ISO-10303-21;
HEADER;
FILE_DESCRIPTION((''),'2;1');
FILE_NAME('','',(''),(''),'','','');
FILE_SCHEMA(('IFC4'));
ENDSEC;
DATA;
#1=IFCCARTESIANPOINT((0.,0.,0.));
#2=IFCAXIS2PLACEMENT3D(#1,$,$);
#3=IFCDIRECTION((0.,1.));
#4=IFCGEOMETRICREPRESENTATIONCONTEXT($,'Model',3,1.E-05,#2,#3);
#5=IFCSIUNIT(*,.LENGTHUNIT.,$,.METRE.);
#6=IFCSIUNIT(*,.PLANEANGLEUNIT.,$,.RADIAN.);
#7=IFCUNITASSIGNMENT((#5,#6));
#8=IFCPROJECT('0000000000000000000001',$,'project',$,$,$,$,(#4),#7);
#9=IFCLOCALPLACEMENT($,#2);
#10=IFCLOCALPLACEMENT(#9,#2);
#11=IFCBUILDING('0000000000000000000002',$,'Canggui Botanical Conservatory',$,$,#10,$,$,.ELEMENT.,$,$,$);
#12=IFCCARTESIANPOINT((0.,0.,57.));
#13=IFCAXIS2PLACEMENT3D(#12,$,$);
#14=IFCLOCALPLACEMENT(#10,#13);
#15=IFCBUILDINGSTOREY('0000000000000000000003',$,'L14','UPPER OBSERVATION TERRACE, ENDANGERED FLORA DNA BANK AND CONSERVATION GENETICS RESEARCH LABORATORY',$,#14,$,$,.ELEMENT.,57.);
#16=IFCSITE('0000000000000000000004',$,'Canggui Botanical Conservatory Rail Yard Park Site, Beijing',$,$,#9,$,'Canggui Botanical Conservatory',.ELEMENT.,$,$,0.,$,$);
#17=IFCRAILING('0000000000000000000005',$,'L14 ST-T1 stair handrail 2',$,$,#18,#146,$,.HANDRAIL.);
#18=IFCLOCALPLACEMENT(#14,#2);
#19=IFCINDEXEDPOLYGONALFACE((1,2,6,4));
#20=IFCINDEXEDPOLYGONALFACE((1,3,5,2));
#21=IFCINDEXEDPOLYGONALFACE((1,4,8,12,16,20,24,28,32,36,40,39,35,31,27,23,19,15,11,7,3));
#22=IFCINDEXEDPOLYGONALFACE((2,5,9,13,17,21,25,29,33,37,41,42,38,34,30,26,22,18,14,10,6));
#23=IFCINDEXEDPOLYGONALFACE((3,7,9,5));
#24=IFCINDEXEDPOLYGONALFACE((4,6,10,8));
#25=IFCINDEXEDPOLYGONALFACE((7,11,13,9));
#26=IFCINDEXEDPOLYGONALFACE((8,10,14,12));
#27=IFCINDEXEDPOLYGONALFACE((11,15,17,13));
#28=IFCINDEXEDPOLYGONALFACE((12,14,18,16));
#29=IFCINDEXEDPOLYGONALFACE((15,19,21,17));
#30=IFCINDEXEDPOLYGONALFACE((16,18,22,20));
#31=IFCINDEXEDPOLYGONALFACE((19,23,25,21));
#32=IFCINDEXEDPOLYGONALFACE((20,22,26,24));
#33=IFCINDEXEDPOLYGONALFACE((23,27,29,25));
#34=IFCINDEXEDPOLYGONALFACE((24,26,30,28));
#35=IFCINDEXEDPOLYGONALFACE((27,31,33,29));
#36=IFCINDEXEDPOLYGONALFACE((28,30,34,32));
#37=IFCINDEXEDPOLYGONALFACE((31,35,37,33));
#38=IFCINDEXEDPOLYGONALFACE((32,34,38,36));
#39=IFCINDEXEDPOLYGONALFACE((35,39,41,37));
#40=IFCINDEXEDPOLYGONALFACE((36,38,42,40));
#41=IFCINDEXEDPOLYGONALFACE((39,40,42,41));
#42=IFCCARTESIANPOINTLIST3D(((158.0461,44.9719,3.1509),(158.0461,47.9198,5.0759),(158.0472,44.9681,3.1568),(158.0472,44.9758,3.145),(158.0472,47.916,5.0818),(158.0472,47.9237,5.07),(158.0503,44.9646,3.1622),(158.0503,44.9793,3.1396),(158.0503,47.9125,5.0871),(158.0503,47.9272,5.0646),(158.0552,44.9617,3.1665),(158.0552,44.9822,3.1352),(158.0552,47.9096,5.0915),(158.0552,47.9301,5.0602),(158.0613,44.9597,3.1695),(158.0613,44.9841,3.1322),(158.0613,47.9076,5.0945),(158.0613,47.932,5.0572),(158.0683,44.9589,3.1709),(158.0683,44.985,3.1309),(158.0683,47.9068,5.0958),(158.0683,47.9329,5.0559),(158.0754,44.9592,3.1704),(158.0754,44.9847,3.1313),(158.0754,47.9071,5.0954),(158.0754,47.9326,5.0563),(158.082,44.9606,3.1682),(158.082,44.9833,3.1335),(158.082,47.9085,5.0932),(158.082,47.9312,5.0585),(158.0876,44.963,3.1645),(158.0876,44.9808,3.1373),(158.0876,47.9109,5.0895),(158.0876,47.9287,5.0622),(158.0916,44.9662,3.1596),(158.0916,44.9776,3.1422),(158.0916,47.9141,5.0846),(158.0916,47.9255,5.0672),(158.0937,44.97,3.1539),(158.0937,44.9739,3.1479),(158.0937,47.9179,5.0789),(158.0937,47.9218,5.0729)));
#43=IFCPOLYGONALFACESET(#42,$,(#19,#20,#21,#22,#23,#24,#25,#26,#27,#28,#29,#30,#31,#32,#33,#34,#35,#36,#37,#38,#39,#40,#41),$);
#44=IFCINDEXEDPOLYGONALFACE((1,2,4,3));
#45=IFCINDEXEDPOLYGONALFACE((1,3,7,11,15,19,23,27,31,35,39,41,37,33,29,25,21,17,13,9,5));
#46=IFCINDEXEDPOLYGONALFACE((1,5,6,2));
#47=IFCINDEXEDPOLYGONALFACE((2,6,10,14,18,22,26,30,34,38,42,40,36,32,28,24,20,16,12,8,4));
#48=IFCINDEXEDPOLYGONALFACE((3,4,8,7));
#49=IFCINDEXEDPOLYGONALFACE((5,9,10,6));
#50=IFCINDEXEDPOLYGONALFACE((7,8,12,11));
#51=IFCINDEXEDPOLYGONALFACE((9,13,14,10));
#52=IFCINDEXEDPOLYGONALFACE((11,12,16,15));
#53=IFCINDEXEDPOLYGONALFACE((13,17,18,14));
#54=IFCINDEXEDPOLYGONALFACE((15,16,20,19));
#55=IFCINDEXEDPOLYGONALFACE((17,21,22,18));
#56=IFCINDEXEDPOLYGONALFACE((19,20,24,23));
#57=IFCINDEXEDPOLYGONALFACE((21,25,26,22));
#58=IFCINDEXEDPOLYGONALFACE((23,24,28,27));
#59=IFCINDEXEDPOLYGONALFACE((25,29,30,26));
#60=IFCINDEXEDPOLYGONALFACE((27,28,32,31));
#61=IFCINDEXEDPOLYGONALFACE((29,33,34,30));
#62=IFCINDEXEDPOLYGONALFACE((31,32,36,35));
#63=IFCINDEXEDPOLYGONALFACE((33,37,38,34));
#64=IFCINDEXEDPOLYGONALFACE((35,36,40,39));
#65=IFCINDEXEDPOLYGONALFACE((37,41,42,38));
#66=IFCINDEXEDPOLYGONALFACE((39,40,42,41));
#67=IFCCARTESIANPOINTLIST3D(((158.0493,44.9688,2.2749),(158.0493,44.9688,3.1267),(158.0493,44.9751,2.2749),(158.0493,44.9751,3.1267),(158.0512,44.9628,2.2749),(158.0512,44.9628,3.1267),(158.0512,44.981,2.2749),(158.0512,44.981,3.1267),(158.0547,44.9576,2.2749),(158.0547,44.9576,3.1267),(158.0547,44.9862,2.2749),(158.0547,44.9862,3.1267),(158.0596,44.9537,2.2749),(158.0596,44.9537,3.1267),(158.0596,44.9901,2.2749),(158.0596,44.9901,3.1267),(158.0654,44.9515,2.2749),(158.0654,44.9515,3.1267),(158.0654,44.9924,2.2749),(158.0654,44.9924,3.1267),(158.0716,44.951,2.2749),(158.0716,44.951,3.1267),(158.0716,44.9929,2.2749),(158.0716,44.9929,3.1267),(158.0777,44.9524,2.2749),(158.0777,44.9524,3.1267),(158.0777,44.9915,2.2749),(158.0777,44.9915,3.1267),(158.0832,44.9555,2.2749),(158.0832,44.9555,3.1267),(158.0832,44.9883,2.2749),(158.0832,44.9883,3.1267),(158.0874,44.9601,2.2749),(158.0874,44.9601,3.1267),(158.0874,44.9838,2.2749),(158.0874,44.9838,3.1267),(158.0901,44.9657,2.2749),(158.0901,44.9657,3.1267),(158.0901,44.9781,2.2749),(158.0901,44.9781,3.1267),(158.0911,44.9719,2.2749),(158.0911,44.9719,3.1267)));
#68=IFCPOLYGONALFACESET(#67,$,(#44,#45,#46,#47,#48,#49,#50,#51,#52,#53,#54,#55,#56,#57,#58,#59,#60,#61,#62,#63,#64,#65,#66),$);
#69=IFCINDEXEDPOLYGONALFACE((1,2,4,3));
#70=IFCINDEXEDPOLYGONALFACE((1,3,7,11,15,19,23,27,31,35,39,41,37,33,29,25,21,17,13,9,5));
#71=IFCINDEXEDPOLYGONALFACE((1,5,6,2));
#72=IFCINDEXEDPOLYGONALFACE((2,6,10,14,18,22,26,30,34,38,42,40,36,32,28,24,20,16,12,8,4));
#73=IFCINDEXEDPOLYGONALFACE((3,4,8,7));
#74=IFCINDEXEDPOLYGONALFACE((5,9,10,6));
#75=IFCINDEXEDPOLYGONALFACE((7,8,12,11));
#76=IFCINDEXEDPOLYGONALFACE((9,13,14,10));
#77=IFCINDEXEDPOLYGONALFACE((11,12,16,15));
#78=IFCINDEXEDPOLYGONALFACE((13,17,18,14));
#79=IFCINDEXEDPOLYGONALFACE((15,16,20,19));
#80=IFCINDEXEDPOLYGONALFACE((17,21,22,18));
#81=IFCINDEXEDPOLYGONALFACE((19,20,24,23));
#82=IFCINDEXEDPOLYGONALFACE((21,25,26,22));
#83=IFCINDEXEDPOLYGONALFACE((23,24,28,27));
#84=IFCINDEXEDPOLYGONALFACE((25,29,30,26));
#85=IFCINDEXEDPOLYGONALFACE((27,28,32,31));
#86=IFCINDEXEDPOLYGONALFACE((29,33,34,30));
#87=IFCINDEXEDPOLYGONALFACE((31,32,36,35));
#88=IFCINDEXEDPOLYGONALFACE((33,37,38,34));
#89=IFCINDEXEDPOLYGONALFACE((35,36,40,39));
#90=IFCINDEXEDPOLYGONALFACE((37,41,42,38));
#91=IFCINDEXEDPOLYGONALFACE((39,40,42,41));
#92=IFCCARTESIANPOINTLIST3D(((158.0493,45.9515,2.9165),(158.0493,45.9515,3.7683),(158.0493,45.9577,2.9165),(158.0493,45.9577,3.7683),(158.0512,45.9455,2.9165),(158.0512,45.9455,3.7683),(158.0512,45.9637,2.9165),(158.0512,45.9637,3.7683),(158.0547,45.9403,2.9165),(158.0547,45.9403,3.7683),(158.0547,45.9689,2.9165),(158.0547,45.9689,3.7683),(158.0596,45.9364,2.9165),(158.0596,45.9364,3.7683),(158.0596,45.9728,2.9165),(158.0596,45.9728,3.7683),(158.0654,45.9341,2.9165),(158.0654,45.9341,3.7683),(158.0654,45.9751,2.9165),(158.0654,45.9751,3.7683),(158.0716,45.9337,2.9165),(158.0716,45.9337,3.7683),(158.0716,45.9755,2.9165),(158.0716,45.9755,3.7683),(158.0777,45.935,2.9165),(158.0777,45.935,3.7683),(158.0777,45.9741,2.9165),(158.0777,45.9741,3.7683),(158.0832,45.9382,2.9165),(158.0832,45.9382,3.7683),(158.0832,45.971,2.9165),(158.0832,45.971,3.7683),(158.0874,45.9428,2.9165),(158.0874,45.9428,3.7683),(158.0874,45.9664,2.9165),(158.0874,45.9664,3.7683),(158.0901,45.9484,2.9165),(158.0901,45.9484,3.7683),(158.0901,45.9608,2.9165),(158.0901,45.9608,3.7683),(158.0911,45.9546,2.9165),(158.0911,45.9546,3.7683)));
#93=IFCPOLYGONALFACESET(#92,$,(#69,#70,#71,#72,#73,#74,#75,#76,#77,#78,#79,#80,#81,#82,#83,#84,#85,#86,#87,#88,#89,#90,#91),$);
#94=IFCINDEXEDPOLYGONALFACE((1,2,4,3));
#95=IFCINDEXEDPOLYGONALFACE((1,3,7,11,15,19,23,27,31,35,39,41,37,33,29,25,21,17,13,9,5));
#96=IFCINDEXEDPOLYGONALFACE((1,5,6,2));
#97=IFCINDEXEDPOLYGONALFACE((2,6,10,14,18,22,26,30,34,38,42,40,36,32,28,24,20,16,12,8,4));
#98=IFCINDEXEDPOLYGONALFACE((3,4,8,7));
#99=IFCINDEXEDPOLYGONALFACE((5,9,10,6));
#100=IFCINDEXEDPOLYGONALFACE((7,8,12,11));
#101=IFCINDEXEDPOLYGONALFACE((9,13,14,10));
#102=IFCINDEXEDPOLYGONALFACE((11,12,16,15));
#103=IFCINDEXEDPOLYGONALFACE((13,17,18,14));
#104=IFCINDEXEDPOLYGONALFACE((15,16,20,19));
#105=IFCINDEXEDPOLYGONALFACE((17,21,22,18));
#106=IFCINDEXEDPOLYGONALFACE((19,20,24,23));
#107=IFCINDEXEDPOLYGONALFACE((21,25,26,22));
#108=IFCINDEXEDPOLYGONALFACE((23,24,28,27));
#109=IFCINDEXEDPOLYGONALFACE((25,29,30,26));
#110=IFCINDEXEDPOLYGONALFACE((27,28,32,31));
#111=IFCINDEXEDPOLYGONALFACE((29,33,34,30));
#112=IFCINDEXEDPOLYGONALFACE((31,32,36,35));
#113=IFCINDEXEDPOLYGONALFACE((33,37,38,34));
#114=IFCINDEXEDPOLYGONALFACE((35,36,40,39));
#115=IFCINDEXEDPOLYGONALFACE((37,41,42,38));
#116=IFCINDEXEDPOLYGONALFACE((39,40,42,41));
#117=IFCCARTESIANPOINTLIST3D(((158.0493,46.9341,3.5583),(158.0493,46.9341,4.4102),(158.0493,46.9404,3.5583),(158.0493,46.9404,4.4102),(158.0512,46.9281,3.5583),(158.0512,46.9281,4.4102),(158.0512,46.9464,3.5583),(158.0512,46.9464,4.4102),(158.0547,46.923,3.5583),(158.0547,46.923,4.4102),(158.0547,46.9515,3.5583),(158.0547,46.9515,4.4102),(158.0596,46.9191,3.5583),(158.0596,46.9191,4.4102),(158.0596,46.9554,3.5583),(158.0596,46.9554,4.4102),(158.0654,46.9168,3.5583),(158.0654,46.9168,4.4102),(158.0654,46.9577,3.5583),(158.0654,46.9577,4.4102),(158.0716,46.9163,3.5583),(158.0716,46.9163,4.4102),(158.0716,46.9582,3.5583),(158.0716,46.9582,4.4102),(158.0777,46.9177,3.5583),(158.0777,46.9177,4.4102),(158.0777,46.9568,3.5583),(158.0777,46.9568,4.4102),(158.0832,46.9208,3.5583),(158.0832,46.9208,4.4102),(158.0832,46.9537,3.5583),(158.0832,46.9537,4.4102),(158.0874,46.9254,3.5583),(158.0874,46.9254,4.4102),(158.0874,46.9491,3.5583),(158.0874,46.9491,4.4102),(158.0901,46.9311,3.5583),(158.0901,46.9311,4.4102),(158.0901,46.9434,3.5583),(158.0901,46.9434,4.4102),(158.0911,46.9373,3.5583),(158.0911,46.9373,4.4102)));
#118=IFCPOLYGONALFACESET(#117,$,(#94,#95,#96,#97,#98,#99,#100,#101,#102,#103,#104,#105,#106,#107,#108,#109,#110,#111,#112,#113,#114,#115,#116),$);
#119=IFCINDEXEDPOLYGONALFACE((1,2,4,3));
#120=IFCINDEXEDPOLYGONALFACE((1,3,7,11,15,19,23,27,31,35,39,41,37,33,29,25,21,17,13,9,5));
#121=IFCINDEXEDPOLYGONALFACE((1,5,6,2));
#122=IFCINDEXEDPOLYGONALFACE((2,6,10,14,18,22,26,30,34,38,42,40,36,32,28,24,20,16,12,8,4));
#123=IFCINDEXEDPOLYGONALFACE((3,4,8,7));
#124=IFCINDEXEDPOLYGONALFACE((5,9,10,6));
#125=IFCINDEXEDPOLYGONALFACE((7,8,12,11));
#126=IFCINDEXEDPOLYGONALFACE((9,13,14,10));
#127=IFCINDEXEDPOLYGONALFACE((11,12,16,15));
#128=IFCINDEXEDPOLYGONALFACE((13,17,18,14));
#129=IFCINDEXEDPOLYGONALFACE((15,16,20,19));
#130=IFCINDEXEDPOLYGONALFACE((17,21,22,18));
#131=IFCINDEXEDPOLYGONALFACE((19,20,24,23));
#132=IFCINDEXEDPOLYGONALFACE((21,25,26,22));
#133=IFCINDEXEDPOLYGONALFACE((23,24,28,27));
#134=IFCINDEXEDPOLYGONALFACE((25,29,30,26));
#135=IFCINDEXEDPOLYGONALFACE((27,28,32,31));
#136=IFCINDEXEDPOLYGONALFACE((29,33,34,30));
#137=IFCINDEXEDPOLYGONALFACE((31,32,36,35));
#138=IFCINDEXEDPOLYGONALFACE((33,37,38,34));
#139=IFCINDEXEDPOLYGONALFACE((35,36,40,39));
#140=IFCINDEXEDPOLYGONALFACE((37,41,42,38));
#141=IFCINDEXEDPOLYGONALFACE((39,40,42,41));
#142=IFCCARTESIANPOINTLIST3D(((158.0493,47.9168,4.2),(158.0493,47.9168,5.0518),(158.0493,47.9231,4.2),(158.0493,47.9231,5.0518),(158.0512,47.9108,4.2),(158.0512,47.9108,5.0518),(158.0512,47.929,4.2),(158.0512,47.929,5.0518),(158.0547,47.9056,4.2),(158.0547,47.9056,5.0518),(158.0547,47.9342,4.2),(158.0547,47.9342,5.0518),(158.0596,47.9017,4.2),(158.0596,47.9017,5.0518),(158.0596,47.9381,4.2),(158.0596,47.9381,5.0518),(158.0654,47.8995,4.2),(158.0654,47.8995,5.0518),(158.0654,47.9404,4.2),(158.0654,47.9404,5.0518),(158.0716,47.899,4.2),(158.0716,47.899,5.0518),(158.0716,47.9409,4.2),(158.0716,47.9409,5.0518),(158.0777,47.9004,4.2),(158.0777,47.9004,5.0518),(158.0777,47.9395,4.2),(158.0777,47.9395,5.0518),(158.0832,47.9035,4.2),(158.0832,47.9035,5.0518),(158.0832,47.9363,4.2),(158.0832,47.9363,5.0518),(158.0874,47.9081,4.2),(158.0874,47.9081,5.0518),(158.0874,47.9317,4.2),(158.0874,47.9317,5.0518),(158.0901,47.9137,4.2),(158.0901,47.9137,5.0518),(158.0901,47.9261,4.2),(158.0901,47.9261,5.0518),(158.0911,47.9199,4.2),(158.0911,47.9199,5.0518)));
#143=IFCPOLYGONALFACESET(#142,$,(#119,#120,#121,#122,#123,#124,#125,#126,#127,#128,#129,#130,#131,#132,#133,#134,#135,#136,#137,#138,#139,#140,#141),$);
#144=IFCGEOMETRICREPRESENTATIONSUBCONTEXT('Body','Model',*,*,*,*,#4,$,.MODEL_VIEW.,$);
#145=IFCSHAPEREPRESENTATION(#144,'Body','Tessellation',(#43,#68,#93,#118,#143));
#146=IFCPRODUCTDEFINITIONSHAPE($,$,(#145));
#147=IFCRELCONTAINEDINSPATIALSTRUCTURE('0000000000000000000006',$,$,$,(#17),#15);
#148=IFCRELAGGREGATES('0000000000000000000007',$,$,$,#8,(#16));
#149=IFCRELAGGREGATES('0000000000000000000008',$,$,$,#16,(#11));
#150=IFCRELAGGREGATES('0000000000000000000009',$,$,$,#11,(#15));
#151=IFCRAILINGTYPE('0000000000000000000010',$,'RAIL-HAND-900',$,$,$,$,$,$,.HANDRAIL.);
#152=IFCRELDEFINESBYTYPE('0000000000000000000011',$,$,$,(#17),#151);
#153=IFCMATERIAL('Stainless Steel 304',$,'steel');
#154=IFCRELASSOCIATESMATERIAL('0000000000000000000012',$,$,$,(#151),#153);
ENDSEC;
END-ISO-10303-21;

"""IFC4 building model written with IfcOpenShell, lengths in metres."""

from ifc_helpers import new_model, si_unit, direction, frame, origin, origin_2d, place, context, subcontext, project, spatial, circle, extrude, material, type_object, element, save


model = new_model("IFC4")

# Units and contexts
model_context = context("Model", 3, precision=1e-05, world=origin(), true_north=direction((0.0, 1.0)))
body_context = subcontext(model_context, "Body", "Model", "MODEL_VIEW")
ifc_project = project(units=[si_unit("LENGTHUNIT", "METRE"), si_unit("PLANEANGLEUNIT", "RADIAN")], contexts=[model_context])

# Site, building, storey
site_placement = place(None, origin())
site = spatial("IfcSite", under=ifc_project, at=site_placement, Name="Canggui Botanical Conservatory Rail Yard Park Site, Beijing", LongName="Canggui Botanical Conservatory", CompositionType="ELEMENT", RefElevation=0.0)
building_placement = place(site_placement, origin())
building = spatial("IfcBuilding", under=site, at=building_placement, Name="Canggui Botanical Conservatory", CompositionType="ELEMENT")
storey_placement = place(building_placement, frame((0.0, 0.0, 57.0)))
storey = spatial("IfcBuildingStorey", under=building, at=storey_placement, Name="L14", Description="UPPER OBSERVATION TERRACE, ENDANGERED FLORA DNA BANK AND CONSERVATION GENETICS RESEARCH LABORATORY", CompositionType="ELEMENT", Elevation=57.0)

# Shared definitions
ifc_material_1 = material(Name="Stainless Steel 304", Category="steel")

# Railing
railing_type_1 = type_object("IfcRailingType", Name="RAIL-HAND-900", PredefinedType="HANDRAIL", material=ifc_material_1)
railing_1_placement = place(storey_placement, frame((158.0701, 44.9719, 2.2749)))
element("IfcRailing", 1, at=railing_1_placement, inside=storey, type_object=railing_type_1, Name="L14 ST-T1 stair handrail 2", PredefinedType="HANDRAIL", context=body_context, shape_type="SweptSolid", body=[
    extrude(circle(Radius=0.0239, at=origin_2d()), frame((0.0, 0.0, 0.876), z_axis=(0.0, 0.837293, 0.546754), x_axis=(-1.0, 0.0, 0.0)), (0.0, 0.0, 1.0), 3.5208),
    extrude(circle(Radius=0.021, at=origin_2d()), origin(), (0.0, 0.0, 1.0), 0.8518),
    extrude(circle(Radius=0.021, at=origin_2d()), frame((0.0, 0.9827, 0.6416)), (0.0, 0.0, 1.0), 0.8518),
    extrude(circle(Radius=0.021, at=origin_2d()), frame((0.0, 1.9653, 1.2834)), (0.0, 0.0, 1.0), 0.8518),
    extrude(circle(Radius=0.021, at=origin_2d()), frame((0.0, 2.948, 1.925)), (0.0, 0.0, 1.0), 0.8518),
])

save(model, "model.ifc")
